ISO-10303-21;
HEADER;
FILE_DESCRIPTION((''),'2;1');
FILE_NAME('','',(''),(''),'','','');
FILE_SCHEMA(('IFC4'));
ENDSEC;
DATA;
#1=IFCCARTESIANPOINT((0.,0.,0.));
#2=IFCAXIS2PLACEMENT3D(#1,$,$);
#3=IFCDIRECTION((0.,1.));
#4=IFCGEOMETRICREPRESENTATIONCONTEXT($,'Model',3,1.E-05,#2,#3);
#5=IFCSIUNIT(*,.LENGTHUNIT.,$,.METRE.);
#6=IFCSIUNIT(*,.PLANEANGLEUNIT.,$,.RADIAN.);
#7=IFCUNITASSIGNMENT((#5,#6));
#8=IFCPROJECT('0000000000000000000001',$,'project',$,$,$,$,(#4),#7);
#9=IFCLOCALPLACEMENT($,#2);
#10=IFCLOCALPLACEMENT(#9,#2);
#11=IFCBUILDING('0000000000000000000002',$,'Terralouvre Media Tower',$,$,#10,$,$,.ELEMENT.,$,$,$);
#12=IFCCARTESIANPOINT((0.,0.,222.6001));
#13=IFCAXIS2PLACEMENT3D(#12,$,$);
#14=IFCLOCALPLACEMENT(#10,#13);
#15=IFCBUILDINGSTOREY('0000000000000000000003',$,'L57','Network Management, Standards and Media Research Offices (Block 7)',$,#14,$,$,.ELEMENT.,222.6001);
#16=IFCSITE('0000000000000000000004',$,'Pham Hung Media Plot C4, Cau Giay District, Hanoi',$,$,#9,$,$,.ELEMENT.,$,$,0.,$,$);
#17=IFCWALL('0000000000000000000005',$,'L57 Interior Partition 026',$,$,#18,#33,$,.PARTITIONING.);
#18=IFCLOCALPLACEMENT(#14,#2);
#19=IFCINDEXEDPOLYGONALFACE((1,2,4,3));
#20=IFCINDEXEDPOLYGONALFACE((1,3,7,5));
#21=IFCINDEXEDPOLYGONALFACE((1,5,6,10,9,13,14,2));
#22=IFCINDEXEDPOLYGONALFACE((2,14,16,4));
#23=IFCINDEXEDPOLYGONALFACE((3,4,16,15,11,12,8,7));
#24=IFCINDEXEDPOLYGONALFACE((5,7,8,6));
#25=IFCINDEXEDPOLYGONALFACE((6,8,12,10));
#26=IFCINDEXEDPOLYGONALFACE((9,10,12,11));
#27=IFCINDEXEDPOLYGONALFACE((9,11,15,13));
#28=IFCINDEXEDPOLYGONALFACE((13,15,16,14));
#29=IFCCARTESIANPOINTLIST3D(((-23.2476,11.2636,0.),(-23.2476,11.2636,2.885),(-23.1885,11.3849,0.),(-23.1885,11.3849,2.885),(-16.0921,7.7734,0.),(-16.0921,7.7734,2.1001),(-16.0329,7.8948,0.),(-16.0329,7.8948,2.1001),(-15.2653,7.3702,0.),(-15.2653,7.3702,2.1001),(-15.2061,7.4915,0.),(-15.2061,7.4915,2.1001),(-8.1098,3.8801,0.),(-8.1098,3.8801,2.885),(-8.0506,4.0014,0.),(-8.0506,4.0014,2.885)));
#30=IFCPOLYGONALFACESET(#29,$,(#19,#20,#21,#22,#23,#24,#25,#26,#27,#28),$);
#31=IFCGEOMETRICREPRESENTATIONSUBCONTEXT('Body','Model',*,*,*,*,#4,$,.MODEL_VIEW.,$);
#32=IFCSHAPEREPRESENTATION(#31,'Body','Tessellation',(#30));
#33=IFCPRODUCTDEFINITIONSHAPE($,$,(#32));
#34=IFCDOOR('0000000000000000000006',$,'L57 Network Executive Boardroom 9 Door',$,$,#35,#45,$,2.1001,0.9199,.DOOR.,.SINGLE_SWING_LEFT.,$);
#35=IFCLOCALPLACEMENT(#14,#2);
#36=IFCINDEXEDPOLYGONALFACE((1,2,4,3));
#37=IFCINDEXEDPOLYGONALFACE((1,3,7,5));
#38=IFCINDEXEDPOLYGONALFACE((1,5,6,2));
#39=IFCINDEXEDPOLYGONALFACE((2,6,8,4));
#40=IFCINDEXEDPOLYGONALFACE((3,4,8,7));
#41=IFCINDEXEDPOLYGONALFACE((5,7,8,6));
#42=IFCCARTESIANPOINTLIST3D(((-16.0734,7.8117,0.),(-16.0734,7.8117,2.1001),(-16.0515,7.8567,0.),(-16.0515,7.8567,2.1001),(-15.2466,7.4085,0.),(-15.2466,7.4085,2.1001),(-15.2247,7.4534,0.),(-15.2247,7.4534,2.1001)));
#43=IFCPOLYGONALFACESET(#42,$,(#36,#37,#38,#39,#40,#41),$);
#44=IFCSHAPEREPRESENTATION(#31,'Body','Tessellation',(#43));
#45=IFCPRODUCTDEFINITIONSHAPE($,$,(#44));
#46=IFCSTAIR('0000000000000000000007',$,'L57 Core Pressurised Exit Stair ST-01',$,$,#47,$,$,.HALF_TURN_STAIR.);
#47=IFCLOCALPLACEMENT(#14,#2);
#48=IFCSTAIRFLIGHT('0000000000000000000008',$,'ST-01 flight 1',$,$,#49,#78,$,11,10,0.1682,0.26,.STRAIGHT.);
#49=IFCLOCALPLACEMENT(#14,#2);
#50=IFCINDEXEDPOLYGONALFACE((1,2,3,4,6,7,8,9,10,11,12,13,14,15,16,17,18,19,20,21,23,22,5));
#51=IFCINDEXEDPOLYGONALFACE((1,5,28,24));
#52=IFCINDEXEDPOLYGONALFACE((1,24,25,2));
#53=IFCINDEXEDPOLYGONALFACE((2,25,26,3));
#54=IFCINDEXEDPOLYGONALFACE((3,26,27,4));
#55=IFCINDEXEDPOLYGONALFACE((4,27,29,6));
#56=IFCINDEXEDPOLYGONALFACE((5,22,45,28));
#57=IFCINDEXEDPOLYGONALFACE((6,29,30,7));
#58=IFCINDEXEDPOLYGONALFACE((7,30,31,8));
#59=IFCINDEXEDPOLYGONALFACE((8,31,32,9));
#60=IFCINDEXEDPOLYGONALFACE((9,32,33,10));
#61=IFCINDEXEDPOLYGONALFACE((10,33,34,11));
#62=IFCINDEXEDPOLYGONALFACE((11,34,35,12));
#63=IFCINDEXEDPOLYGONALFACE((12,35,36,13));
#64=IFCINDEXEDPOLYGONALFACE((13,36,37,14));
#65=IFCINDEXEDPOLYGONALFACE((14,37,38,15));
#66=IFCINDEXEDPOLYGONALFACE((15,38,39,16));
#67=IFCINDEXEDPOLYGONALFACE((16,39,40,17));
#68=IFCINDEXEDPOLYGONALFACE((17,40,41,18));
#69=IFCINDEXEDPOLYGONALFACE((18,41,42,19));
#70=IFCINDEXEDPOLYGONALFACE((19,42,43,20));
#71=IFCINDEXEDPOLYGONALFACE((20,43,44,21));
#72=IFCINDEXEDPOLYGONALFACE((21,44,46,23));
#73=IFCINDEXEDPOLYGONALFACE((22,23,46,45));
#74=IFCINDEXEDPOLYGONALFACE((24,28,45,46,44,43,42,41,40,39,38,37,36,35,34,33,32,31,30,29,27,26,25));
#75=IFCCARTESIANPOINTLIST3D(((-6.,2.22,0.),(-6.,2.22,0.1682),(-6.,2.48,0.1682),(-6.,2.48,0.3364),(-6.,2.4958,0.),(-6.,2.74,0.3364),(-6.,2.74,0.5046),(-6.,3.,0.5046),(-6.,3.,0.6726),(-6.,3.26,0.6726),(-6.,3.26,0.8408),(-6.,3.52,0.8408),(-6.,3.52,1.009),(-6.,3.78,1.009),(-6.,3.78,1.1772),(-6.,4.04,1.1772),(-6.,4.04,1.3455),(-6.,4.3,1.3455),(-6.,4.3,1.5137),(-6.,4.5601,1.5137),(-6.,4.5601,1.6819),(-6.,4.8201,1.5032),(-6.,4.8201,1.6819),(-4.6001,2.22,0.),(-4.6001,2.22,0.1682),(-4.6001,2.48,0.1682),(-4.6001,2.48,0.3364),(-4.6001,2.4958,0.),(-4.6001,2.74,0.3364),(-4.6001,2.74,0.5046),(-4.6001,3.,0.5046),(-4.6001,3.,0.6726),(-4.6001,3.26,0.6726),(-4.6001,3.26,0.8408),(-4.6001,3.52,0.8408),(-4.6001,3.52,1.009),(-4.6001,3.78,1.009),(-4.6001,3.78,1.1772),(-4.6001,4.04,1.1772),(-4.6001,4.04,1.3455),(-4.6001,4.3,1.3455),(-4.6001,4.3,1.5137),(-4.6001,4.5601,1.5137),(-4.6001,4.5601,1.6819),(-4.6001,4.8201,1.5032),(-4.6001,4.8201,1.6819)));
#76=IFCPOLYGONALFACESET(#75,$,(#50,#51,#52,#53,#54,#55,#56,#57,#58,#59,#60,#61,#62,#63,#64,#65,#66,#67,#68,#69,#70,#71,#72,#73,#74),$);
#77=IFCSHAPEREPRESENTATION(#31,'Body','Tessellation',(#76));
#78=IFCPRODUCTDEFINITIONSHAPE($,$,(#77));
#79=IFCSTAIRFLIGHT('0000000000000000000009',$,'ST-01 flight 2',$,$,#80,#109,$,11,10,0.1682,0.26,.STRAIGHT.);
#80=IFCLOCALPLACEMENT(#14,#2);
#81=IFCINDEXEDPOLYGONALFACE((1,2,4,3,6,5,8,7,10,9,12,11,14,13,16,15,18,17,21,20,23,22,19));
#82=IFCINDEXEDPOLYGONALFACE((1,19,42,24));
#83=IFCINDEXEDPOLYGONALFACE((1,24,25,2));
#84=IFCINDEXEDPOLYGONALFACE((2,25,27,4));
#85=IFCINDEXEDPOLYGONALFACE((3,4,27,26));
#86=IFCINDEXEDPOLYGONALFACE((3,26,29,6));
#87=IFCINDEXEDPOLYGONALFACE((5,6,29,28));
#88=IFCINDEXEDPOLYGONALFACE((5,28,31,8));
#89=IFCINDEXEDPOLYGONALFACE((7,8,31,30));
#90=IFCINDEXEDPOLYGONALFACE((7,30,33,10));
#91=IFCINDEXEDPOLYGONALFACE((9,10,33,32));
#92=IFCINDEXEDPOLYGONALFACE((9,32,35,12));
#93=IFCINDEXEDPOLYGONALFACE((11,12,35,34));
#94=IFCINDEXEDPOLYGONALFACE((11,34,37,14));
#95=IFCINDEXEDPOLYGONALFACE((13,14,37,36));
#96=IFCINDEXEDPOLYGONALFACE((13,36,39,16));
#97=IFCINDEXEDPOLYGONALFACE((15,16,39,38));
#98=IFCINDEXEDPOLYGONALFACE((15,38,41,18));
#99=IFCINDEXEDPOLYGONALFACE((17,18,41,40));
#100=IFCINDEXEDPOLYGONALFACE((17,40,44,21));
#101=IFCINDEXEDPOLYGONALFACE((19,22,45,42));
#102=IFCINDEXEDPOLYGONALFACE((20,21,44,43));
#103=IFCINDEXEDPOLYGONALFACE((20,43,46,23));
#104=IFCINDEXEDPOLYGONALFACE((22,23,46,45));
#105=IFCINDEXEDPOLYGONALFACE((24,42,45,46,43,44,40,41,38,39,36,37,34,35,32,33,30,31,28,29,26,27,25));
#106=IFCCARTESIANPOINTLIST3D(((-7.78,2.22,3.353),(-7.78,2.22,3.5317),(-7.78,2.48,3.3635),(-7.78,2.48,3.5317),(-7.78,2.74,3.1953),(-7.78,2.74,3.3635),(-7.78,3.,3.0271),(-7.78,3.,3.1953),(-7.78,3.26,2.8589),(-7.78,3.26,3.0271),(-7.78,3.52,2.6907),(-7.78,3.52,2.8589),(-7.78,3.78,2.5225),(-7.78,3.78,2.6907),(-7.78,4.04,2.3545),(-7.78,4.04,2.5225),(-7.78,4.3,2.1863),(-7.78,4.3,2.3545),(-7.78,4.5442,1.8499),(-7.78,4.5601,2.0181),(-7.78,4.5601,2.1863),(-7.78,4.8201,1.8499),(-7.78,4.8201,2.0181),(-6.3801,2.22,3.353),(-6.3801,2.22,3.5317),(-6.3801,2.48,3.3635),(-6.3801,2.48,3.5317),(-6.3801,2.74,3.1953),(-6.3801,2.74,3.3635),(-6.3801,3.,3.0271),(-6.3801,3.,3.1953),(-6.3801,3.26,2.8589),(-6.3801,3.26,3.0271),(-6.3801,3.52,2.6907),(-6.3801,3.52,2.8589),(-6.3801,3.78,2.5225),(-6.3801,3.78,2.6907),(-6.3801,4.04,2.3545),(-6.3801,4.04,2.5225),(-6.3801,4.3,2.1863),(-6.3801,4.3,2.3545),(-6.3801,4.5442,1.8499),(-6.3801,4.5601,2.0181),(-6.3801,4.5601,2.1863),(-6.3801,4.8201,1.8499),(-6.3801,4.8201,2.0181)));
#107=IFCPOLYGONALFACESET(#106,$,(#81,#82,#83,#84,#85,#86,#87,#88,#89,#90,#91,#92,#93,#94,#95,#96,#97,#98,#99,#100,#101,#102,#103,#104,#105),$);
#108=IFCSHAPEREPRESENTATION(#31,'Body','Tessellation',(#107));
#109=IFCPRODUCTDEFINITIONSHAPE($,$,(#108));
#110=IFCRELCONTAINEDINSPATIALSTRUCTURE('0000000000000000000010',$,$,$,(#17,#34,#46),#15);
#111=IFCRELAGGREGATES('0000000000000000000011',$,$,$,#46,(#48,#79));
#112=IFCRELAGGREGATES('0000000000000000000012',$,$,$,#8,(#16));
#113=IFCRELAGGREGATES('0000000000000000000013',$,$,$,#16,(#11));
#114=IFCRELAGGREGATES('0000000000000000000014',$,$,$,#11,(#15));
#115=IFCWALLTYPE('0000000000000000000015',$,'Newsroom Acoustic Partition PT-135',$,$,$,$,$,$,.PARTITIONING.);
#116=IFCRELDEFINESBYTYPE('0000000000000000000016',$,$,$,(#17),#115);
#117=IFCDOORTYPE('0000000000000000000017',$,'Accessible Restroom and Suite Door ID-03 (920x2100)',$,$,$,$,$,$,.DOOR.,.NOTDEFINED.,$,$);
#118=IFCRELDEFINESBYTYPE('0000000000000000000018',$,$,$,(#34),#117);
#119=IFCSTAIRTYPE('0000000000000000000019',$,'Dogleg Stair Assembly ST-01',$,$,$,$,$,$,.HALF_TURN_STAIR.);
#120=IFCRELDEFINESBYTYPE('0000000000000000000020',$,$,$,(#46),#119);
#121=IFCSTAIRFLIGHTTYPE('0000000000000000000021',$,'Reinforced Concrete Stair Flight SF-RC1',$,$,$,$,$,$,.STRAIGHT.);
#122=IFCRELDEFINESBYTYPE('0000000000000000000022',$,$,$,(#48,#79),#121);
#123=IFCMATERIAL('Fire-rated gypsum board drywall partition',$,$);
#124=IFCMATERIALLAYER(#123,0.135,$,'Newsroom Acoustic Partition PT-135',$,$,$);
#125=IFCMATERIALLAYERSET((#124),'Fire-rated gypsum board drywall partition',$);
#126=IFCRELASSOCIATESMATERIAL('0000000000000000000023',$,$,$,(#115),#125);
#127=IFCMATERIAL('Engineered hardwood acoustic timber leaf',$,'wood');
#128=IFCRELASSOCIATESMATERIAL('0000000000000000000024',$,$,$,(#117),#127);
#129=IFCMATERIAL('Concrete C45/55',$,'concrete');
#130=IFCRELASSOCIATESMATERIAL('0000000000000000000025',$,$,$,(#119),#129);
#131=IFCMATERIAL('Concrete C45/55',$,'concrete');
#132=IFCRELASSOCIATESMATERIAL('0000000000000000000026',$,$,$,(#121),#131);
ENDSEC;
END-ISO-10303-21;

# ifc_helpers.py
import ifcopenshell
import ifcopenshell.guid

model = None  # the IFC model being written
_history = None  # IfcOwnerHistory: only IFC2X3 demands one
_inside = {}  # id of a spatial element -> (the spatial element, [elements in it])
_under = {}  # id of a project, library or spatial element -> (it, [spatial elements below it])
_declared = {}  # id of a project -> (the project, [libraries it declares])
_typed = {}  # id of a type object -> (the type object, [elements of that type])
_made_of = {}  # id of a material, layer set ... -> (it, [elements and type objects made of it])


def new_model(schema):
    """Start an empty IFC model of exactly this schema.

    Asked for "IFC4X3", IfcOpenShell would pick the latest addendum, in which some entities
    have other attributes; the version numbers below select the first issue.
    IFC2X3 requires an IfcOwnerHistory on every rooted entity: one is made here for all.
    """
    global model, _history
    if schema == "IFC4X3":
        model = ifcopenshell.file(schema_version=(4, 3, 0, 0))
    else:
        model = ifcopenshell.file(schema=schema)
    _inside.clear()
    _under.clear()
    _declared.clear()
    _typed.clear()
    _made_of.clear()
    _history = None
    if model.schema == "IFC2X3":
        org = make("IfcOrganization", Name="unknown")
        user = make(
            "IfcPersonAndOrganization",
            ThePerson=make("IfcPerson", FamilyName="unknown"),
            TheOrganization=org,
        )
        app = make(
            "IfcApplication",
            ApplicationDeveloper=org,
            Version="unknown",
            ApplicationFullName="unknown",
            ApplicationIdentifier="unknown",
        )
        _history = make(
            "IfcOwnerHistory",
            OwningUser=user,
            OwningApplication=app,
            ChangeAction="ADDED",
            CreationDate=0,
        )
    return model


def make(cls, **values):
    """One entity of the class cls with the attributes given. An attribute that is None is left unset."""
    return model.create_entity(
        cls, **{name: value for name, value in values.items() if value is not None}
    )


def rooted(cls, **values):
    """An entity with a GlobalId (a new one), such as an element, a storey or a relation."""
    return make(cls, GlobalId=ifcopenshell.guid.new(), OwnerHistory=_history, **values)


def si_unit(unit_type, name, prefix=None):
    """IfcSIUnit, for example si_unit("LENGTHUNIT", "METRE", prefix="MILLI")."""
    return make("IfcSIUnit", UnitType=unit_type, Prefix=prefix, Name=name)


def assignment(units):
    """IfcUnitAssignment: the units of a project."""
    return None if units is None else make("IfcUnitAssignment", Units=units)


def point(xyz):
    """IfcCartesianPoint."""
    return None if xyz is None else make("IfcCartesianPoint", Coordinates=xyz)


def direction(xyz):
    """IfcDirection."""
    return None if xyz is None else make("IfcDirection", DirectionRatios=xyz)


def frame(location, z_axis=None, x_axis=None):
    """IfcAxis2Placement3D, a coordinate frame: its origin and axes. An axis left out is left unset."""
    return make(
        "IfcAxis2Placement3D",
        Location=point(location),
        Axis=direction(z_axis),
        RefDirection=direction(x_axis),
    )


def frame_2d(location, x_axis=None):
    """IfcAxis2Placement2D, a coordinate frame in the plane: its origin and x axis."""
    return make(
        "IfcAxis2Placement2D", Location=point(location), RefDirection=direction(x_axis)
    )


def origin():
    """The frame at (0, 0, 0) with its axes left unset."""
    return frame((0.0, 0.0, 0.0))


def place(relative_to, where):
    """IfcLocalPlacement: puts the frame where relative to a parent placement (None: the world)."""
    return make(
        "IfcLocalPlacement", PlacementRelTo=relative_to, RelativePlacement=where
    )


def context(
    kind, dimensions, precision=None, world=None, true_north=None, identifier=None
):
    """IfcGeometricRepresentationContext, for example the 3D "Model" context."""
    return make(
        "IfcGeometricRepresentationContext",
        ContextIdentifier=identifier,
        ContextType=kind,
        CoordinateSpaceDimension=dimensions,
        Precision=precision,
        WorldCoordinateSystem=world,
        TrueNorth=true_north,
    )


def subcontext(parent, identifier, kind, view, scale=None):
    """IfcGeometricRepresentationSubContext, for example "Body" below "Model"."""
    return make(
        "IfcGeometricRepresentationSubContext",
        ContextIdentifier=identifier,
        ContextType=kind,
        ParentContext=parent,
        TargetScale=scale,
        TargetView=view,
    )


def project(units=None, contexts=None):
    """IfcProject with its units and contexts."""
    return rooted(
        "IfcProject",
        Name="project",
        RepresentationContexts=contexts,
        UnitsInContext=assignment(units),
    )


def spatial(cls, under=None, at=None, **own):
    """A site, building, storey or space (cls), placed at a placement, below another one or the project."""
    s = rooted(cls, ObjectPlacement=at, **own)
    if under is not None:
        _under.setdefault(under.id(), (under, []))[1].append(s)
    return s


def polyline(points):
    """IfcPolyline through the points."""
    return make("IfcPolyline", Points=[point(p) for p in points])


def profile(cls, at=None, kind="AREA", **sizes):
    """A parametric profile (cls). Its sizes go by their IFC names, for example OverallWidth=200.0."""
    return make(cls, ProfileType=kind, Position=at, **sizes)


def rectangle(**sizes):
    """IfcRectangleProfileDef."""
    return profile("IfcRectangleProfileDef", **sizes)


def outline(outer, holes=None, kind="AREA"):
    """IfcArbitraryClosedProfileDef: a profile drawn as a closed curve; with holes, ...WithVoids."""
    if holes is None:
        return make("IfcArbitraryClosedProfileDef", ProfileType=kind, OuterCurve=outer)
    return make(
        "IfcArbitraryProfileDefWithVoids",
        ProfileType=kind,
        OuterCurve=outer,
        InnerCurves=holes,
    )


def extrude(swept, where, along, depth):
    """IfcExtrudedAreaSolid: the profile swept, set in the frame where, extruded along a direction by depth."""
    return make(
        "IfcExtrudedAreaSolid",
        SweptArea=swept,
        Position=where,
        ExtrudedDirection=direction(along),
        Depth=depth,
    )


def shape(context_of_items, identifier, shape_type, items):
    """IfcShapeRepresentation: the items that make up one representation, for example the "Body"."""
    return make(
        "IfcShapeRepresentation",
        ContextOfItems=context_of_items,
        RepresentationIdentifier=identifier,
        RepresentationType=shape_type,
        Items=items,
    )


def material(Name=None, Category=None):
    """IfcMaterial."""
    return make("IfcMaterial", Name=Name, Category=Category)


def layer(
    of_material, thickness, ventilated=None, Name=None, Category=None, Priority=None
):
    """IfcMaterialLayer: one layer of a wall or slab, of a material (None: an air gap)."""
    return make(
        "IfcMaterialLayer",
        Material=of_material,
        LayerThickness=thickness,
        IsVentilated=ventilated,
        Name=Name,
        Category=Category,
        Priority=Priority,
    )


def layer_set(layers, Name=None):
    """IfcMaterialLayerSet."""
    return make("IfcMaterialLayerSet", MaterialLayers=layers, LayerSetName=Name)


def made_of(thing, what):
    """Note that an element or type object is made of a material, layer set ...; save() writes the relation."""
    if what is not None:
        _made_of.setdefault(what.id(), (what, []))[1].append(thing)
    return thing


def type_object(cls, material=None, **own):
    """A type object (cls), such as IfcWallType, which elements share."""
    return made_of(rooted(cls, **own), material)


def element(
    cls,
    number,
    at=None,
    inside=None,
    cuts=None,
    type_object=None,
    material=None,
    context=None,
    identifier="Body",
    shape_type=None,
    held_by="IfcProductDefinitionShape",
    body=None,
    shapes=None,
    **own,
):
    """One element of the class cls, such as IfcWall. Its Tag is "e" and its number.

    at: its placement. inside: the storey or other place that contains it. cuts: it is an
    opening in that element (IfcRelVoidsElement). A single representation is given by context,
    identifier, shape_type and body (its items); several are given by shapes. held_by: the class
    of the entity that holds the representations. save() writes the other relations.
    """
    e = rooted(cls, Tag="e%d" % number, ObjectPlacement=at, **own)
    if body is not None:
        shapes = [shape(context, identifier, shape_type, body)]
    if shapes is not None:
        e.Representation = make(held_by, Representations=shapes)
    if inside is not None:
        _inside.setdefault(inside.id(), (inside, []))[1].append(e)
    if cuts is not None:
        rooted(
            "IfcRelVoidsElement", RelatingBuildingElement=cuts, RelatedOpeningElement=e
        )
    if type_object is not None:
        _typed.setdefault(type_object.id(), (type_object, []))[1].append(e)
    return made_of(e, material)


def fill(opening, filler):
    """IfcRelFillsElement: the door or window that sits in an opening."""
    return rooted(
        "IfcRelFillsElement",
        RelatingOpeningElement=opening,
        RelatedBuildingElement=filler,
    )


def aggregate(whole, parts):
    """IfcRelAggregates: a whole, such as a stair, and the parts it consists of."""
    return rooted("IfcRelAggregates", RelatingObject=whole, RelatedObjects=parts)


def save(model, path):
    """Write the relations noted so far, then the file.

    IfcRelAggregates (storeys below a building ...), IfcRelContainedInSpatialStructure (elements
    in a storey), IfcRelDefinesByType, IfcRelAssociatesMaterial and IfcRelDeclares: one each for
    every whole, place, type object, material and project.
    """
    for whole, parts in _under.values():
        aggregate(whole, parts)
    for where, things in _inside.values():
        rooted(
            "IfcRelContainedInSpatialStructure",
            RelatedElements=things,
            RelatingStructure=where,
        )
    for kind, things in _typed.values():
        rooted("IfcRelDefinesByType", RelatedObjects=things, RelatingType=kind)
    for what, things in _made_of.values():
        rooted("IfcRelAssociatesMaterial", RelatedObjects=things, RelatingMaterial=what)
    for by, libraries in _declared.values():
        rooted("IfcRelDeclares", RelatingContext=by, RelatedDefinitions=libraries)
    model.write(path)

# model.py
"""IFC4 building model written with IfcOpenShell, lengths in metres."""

from ifc_helpers import new_model, si_unit, direction, frame, frame_2d, origin, place, context, subcontext, project, spatial, polyline, rectangle, outline, extrude, material, layer, layer_set, type_object, element, fill, aggregate, save


model = new_model("IFC4")

# Units and contexts
model_context = context("Model", 3, precision=1e-05, world=origin(), true_north=direction((0.0, 1.0)))
body_context = subcontext(model_context, "Body", "Model", "MODEL_VIEW")
ifc_project = project(units=[si_unit("LENGTHUNIT", "METRE"), si_unit("PLANEANGLEUNIT", "RADIAN")], contexts=[model_context])

# Site, building, storey
site_placement = place(None, origin())
site = spatial("IfcSite", under=ifc_project, at=site_placement, Name="Pham Hung Media Plot C4, Cau Giay District, Hanoi", CompositionType="ELEMENT", RefElevation=0.0)
building_placement = place(site_placement, origin())
building = spatial("IfcBuilding", under=site, at=building_placement, Name="Terralouvre Media Tower", CompositionType="ELEMENT")
storey_placement = place(building_placement, frame((0.0, 0.0, 222.6001)))
storey = spatial("IfcBuildingStorey", under=building, at=storey_placement, Name="L57", Description="Network Management, Standards and Media Research Offices (Block 7)", CompositionType="ELEMENT", Elevation=222.6001)

# Wall, opening, door
ifc_material_1 = material(Name="Fire-rated gypsum board drywall partition")
ifc_layer_1 = layer(ifc_material_1, 0.135, Name="Newsroom Acoustic Partition PT-135")
ifc_layer_set_1 = layer_set([ifc_layer_1], Name="Fire-rated gypsum board drywall partition")
wall_type_1 = type_object("IfcWallType", Name="Newsroom Acoustic Partition PT-135", PredefinedType="PARTITIONING", material=ifc_layer_set_1)
wall_1_placement = place(storey_placement, frame((-8.0801, 3.9407, 0.0), z_axis=(0.0, 0.0, 1.0), x_axis=(-0.898788, 0.438385, 0.0)))
wall_1 = element("IfcWall", 1, at=wall_1_placement, inside=storey, type_object=wall_type_1, Name="L57 Interior Partition 026", PredefinedType="PARTITIONING", context=body_context, shape_type="SweptSolid", body=[
    extrude(rectangle(XDim=16.8425, YDim=0.135, at=frame_2d((8.4214, 0.0))), origin(), (0.0, 0.0, 1.0), 2.885),
])
opening_1_placement = place(wall_1_placement, frame((7.9614, 0.0, 0.0)))
opening_1 = element("IfcOpeningElement", 2, at=opening_1_placement, cuts=wall_1, PredefinedType="OPENING", context=body_context, shape_type="SweptSolid", body=[
    extrude(rectangle(XDim=0.9199, YDim=2.1001, at=frame_2d((0.46, 1.05))), frame((0.0, 0.0774, 0.0), z_axis=(0.0, -1.0, 0.0), x_axis=(1.0, 0.0, 0.0)), (0.0, 0.0, 1.0), 0.155),
])
ifc_material_2 = material(Name="Engineered hardwood acoustic timber leaf", Category="wood")
door_type_1 = type_object("IfcDoorType", Name="Accessible Restroom and Suite Door ID-03 (920x2100)", OperationType="NOTDEFINED", PredefinedType="DOOR", material=ifc_material_2)
door_1_placement = place(opening_1_placement, origin())
door_1 = element("IfcDoor", 3, at=door_1_placement, inside=storey, type_object=door_type_1, Name="L57 Network Executive Boardroom 9 Door", OperationType="SINGLE_SWING_LEFT", OverallHeight=2.1001, OverallWidth=0.9199, PredefinedType="DOOR", context=body_context, shape_type="SweptSolid", body=[
    extrude(rectangle(XDim=0.9199, YDim=2.1001, at=frame_2d((0.46, 1.05))), frame((0.0, 0.0249, 0.0), z_axis=(0.0, -1.0, 0.0), x_axis=(1.0, 0.0, 0.0)), (0.0, 0.0, 1.0), 0.05),
])
fill(opening_1, door_1)

# Stair, stair flights
ifc_material_3 = material(Name="Concrete C45/55", Category="concrete")
stair_type = type_object("IfcStairType", Name="Dogleg Stair Assembly ST-01", PredefinedType="HALF_TURN_STAIR", material=ifc_material_3)
stair_placement = place(storey_placement, origin())
stair = element("IfcStair", 4, at=stair_placement, inside=storey, type_object=stair_type, Name="L57 Core Pressurised Exit Stair ST-01", PredefinedType="HALF_TURN_STAIR")
ifc_material_4 = material(Name="Concrete C45/55", Category="concrete")
stair_flight_type = type_object("IfcStairFlightType", Name="Reinforced Concrete Stair Flight SF-RC1", PredefinedType="STRAIGHT", material=ifc_material_4)
stair_flight_1_placement = place(storey_placement, frame((-5.3, 2.22, 0.0), z_axis=(0.0, 0.0, 1.0), x_axis=(0.0, 1.0, 0.0)))
stair_flight_1 = element("IfcStairFlight", 5, at=stair_flight_1_placement, type_object=stair_flight_type, Name="ST-01 flight 1", NumberOfRisers=11, NumberOfTreads=10, PredefinedType="STRAIGHT", RiserHeight=0.1682, TreadLength=0.26, context=body_context, shape_type="SweptSolid", body=[
    extrude(outline(polyline([(0.0, 0.0), (0.0, 0.1682), (0.26, 0.1682), (0.26, 0.3364), (0.52, 0.3364), (0.52, 0.5046), (0.78, 0.5046), (0.78, 0.6726), (1.04, 0.6726), (1.04, 0.8408), (1.3, 0.8408), (1.3, 1.009), (1.5601, 1.009), (1.5601, 1.1772), (1.8201, 1.1772), (1.8201, 1.3455), (2.0801, 1.3455), (2.0801, 1.5137), (2.3401, 1.5137), (2.3401, 1.6819), (2.6001, 1.6819), (2.6001, 1.8501), (2.6001, 1.5032), (0.2759, 0.0), (0.0, 0.0)])), frame((0.0, 0.7, 0.0), z_axis=(0.0, -1.0, 0.0), x_axis=(1.0, 0.0, 0.0)), (0.0, 0.0, 1.0), 1.3999),
])
stair_flight_2_placement = place(storey_placement, frame((-7.0801, 4.8201, 1.8499), z_axis=(0.0, 0.0, 1.0), x_axis=(0.0, -1.0, 0.0)))
stair_flight_2 = element("IfcStairFlight", 6, at=stair_flight_2_placement, type_object=stair_flight_type, Name="ST-01 flight 2", NumberOfRisers=11, NumberOfTreads=10, PredefinedType="STRAIGHT", RiserHeight=0.1682, TreadLength=0.26, context=body_context, shape_type="SweptSolid", body=[
    extrude(outline(polyline([(0.0, 0.0), (0.0, 0.1682), (0.26, 0.1682), (0.26, 0.3364), (0.52, 0.3364), (0.52, 0.5046), (0.78, 0.5046), (0.78, 0.6726), (1.04, 0.6726), (1.04, 0.8408), (1.3, 0.8408), (1.3, 1.009), (1.5601, 1.009), (1.5601, 1.1772), (1.8201, 1.1772), (1.8201, 1.3455), (2.0801, 1.3455), (2.0801, 1.5137), (2.3401, 1.5137), (2.3401, 1.6819), (2.6001, 1.6819), (2.6001, 1.8501), (2.6001, 1.5032), (0.2759, 0.0), (0.0, 0.0)])), frame((0.0, 0.7, 0.0), z_axis=(0.0, -1.0, 0.0), x_axis=(1.0, 0.0, 0.0)), (0.0, 0.0, 1.0), 1.3999),
])
aggregate(stair, [stair_flight_1, stair_flight_2])

save(model, "model.ifc")
